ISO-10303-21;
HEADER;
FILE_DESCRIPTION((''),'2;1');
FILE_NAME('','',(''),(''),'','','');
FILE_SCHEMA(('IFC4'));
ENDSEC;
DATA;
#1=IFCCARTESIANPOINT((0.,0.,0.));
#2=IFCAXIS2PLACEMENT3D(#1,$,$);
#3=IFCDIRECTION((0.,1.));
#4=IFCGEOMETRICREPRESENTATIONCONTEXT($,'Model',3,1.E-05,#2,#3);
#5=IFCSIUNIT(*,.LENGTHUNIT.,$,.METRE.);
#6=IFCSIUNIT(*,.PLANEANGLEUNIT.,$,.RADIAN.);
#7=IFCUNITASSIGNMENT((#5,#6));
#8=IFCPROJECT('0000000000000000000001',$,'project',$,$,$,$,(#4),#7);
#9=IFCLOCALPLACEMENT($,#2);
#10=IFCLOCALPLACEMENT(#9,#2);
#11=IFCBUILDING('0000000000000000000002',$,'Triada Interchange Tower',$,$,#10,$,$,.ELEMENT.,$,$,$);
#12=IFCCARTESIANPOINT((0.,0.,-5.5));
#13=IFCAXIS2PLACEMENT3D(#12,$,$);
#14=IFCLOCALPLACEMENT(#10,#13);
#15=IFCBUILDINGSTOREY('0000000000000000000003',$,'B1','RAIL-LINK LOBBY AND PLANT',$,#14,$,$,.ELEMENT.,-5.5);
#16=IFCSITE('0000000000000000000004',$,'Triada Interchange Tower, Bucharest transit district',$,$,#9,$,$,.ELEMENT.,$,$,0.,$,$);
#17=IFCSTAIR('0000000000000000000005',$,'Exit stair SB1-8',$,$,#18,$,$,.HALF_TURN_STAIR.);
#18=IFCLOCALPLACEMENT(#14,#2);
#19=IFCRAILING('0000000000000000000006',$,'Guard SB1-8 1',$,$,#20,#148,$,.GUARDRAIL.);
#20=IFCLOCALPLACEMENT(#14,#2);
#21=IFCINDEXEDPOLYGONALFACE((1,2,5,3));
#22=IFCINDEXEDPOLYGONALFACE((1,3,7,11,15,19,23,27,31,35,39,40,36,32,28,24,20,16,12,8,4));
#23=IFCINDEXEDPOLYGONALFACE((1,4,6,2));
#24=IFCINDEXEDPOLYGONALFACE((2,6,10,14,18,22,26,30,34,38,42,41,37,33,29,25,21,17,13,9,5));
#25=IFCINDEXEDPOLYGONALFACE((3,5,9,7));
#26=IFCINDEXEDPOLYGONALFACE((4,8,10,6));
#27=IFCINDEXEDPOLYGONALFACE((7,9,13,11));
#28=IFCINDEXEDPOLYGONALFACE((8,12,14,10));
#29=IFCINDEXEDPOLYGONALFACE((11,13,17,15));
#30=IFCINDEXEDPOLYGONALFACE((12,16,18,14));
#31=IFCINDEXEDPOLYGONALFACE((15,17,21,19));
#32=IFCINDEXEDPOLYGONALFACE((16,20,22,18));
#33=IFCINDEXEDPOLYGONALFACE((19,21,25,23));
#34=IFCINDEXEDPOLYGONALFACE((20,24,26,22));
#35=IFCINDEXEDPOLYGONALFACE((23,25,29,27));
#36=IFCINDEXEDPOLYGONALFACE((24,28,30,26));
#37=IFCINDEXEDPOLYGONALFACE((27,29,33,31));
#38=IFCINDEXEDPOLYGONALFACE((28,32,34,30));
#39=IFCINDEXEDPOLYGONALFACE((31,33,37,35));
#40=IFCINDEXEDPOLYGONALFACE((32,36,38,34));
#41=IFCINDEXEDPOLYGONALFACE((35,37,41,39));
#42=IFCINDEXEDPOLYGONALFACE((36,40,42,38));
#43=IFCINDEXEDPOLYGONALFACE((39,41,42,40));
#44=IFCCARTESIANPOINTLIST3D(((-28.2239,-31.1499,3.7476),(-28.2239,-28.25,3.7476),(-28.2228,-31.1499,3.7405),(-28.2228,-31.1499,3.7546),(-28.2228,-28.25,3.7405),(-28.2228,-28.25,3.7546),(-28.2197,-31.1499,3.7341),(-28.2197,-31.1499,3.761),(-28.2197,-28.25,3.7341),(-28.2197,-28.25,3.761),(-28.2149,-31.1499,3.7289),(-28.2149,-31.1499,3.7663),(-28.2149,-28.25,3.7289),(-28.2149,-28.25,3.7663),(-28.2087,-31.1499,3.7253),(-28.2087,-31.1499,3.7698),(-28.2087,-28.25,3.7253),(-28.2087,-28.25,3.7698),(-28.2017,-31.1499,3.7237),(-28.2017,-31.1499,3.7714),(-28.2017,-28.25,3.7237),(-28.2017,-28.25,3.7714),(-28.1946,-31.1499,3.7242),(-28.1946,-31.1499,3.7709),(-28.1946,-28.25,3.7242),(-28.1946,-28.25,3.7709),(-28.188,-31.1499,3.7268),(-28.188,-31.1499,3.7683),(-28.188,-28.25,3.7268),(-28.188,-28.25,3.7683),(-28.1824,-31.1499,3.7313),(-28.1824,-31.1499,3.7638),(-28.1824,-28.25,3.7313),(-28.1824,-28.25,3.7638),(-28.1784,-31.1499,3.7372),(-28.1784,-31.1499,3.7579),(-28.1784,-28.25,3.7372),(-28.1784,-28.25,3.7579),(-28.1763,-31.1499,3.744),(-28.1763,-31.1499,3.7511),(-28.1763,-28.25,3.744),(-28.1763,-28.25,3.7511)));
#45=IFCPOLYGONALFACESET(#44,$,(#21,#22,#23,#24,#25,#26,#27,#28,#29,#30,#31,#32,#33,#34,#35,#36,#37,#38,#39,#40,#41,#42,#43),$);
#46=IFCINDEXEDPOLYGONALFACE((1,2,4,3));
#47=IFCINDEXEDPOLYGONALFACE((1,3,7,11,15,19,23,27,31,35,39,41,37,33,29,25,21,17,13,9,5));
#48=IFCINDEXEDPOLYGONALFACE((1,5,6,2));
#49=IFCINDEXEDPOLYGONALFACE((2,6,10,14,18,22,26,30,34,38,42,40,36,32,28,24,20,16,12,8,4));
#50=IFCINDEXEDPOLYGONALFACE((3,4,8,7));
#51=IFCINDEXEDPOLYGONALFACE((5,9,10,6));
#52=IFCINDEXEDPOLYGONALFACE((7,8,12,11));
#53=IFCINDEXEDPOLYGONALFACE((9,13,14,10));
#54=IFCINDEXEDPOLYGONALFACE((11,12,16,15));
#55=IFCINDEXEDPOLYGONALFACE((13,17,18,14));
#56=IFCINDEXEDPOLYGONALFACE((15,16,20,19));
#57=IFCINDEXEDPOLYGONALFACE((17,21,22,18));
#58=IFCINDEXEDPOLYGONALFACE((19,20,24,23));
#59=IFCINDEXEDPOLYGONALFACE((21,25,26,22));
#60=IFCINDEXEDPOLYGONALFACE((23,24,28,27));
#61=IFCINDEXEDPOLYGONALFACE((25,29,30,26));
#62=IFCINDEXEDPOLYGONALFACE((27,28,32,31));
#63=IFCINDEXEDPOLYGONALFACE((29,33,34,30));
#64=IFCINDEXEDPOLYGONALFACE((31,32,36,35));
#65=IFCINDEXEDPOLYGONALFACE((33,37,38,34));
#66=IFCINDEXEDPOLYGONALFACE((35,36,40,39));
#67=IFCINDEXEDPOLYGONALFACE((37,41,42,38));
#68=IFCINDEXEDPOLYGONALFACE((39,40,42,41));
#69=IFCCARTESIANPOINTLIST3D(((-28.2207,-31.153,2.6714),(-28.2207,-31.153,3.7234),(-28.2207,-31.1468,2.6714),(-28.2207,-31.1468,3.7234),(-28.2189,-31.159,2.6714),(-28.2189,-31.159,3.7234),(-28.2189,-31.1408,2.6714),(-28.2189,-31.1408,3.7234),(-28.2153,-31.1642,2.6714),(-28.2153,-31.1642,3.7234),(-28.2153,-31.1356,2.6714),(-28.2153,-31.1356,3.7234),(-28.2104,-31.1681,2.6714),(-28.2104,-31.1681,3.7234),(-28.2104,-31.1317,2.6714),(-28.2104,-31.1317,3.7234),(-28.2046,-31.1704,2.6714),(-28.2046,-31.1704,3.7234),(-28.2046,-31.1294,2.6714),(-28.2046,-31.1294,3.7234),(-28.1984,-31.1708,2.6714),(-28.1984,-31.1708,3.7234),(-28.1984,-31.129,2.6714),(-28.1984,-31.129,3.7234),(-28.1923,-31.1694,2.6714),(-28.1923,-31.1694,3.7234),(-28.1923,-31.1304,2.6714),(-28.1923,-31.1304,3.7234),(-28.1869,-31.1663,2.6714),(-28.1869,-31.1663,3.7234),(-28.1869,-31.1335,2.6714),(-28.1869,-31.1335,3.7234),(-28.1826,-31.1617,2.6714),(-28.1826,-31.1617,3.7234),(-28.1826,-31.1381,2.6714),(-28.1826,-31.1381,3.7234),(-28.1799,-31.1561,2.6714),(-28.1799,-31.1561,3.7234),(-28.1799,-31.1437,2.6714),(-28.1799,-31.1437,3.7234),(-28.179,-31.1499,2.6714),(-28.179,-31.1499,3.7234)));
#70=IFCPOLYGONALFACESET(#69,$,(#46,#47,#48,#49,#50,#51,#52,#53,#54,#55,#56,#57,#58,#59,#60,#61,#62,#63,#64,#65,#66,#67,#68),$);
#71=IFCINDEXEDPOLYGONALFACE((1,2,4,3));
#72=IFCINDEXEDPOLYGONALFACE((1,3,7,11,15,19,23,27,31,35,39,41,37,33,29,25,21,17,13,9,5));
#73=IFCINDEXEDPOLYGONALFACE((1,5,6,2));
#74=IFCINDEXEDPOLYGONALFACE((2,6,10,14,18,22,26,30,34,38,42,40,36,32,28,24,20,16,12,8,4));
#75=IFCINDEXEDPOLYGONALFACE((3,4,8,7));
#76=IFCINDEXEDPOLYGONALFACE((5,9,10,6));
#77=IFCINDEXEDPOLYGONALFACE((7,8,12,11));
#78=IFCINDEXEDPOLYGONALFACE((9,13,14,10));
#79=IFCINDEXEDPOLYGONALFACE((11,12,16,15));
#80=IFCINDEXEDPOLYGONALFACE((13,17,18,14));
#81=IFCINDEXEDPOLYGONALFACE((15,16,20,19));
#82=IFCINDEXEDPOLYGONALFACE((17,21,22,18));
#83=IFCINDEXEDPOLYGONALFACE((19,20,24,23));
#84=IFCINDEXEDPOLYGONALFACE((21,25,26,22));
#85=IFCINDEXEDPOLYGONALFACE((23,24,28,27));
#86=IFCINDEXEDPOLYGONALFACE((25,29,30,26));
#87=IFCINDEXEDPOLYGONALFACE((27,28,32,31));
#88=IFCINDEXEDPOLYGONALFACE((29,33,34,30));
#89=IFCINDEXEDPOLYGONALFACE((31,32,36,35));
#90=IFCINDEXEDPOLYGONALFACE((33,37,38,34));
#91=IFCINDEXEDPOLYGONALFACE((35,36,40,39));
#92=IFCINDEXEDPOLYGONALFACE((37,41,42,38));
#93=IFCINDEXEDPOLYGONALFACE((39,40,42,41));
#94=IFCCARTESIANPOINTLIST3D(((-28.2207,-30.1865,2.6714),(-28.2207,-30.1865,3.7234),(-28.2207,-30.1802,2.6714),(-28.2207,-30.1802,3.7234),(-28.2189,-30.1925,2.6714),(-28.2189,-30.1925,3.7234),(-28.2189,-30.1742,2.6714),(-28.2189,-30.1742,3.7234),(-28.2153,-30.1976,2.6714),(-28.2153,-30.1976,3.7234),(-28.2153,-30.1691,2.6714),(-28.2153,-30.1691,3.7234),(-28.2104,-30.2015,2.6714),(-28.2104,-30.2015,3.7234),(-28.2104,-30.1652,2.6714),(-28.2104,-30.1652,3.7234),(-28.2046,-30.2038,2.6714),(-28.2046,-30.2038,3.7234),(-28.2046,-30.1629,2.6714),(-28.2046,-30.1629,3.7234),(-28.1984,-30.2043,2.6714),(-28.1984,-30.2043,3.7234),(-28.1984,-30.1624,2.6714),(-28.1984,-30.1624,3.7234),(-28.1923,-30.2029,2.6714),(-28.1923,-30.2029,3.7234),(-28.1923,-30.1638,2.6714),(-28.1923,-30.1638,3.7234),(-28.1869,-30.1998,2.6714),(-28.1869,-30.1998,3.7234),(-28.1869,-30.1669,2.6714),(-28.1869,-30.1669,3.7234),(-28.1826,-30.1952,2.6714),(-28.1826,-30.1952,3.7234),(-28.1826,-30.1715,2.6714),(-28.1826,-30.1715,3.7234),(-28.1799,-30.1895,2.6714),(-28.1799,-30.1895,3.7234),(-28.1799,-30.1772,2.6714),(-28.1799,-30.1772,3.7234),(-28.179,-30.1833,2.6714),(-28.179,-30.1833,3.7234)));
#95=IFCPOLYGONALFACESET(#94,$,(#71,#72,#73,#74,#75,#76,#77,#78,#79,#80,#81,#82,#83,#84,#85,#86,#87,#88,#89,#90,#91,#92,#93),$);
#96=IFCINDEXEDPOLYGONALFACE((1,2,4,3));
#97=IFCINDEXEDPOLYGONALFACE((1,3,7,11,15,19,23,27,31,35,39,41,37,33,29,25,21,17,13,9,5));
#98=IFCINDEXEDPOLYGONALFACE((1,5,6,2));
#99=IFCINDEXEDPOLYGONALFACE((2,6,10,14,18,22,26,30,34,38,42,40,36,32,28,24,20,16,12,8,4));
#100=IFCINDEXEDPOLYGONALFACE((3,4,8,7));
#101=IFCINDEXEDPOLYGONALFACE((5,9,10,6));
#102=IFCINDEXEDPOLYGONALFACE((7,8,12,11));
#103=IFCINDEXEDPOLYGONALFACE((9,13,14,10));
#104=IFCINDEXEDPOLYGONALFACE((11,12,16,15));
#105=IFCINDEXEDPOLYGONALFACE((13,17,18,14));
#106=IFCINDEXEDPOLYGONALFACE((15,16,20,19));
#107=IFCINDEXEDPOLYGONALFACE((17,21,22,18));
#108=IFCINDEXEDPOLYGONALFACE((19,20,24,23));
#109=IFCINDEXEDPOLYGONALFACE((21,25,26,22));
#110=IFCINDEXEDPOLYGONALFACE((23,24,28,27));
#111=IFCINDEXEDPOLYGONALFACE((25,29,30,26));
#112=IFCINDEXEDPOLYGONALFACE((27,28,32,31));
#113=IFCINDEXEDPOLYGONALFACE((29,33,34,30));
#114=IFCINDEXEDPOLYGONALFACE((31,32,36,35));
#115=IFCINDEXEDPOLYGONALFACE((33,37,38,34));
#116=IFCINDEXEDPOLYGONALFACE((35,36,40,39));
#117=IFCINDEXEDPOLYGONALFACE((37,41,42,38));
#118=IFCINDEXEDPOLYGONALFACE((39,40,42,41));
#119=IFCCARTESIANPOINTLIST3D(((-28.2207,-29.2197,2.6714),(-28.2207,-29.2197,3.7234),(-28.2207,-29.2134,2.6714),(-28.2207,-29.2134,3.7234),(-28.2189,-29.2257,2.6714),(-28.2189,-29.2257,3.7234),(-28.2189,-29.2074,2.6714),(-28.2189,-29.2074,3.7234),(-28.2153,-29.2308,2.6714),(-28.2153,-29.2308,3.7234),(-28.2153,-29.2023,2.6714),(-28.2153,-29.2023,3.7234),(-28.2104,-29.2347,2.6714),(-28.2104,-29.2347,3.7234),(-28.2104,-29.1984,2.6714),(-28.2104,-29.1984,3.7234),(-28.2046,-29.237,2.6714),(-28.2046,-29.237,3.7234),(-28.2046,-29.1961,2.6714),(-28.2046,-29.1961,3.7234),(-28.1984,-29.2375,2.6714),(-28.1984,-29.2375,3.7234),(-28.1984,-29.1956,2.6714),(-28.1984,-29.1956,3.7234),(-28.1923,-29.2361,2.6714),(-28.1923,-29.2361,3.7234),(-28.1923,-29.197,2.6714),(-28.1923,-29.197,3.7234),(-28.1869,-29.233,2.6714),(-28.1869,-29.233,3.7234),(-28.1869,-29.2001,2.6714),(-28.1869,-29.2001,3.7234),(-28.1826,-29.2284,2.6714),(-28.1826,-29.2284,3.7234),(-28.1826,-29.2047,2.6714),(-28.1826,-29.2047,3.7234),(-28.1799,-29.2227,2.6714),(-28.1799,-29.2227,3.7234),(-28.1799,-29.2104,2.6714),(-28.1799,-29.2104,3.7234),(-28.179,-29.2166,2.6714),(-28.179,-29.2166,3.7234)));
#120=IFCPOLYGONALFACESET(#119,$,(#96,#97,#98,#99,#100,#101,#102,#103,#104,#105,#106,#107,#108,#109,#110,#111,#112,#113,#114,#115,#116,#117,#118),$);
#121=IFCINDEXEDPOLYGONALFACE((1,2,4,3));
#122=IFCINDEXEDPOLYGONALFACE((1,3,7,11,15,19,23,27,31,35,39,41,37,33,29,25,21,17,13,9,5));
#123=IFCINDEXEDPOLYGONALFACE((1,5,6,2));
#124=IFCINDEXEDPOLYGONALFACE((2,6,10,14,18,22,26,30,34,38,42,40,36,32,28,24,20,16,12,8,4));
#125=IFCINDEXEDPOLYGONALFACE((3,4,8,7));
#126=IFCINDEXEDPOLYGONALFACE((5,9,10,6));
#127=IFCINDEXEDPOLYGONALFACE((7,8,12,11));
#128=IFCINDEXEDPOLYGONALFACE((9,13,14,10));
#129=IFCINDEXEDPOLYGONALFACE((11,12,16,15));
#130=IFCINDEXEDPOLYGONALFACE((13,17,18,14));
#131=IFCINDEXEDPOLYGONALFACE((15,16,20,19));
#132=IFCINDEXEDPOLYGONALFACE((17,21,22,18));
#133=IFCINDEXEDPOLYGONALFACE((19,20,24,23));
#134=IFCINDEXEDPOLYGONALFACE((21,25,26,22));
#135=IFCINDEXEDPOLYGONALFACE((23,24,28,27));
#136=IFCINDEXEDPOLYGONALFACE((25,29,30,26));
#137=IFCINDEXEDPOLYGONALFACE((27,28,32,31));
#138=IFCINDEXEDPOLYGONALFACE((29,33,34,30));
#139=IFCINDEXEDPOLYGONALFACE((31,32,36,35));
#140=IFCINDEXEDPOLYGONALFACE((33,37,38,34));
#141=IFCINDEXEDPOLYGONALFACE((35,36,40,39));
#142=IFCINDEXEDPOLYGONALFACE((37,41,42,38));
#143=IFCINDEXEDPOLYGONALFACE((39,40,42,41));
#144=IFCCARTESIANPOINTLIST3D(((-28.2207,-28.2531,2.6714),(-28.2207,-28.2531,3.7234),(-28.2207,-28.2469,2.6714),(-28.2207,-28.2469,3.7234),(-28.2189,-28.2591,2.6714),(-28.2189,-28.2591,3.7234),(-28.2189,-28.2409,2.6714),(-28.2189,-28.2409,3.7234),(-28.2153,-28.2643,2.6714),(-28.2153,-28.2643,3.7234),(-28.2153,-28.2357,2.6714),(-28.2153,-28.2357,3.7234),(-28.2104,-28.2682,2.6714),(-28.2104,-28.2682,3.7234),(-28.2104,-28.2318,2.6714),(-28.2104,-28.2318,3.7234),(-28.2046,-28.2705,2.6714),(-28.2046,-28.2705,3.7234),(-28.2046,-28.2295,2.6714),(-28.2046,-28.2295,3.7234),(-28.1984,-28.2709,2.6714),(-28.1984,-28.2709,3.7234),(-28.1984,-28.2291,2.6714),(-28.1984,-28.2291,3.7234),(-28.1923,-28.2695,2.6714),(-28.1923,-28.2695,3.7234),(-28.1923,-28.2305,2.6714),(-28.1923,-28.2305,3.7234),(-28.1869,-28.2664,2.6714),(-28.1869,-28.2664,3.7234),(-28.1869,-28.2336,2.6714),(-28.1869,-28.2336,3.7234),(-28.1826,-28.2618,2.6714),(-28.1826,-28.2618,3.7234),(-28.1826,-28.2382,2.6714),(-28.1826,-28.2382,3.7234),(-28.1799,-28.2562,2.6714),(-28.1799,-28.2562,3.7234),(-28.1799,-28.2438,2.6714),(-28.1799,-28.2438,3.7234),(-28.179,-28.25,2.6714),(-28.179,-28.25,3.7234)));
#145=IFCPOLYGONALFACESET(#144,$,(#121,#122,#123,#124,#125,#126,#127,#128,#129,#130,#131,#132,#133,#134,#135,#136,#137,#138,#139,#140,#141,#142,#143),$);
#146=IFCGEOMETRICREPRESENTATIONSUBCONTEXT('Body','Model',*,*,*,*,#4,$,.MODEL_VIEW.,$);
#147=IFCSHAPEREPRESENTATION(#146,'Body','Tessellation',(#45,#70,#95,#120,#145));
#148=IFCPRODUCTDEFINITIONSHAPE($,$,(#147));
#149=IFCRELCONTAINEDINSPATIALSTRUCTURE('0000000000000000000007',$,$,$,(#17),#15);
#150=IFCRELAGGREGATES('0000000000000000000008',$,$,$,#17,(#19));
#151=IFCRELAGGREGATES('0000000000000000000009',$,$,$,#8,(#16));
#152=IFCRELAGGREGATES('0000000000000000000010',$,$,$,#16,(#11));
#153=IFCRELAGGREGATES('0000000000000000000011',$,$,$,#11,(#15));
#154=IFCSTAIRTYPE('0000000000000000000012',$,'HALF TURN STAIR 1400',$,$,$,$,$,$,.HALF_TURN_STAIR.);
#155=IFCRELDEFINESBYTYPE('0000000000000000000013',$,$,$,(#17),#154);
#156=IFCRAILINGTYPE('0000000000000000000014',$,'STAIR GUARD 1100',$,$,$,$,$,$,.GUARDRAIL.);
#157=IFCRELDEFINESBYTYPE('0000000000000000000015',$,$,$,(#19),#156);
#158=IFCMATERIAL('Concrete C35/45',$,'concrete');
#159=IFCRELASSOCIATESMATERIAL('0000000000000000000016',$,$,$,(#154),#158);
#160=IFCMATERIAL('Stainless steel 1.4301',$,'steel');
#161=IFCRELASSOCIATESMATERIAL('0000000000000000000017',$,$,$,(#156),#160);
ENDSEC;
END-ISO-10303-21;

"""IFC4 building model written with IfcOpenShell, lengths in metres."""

from ifc_helpers import new_model, si_unit, direction, frame, origin, origin_2d, place, context, subcontext, project, spatial, circle, extrude, material, type_object, element, aggregate, save


model = new_model("IFC4")

# Units and contexts
model_context = context("Model", 3, precision=1e-05, world=origin(), true_north=direction((0.0, 1.0)))
body_context = subcontext(model_context, "Body", "Model", "MODEL_VIEW")
ifc_project = project(units=[si_unit("LENGTHUNIT", "METRE"), si_unit("PLANEANGLEUNIT", "RADIAN")], contexts=[model_context])

# Site, building, storey
site_placement = place(None, origin())
site = spatial("IfcSite", under=ifc_project, at=site_placement, Name="Triada Interchange Tower, Bucharest transit district", CompositionType="ELEMENT", RefElevation=0.0)
building_placement = place(site_placement, origin())
building = spatial("IfcBuilding", under=site, at=building_placement, Name="Triada Interchange Tower", CompositionType="ELEMENT")
storey_placement = place(building_placement, frame((0.0, 0.0, -5.5)))
storey = spatial("IfcBuildingStorey", under=building, at=storey_placement, Name="B1", Description="RAIL-LINK LOBBY AND PLANT", CompositionType="ELEMENT", Elevation=-5.5)

# Shared definitions
ifc_material_1 = material(Name="Concrete C35/45", Category="concrete")

# Stair, railing
stair_type = type_object("IfcStairType", Name="HALF TURN STAIR 1400", PredefinedType="HALF_TURN_STAIR", material=ifc_material_1)
stair_placement = place(storey_placement, origin())
stair = element("IfcStair", 1, at=stair_placement, inside=storey, type_object=stair_type, Name="Exit stair SB1-8", PredefinedType="HALF_TURN_STAIR")
ifc_material_2 = material(Name="Stainless steel 1.4301", Category="steel")
railing_type_1 = type_object("IfcRailingType", Name="STAIR GUARD 1100", PredefinedType="GUARDRAIL", material=ifc_material_2)
railing_1_placement = place(storey_placement, frame((-28.2, -31.1499, 2.6714)))
railing_1 = element("IfcRailing", 2, at=railing_1_placement, type_object=railing_type_1, Name="Guard SB1-8 1", PredefinedType="GUARDRAIL", context=body_context, shape_type="SweptSolid", body=[
    extrude(circle(Radius=0.0239, at=origin_2d()), frame((0.0, 0.0, 1.0762), z_axis=(0.0, 1.0, 0.0), x_axis=(-1.0, 0.0, 0.0)), (0.0, 0.0, 1.0), 2.8999),
    extrude(circle(Radius=0.021, at=origin_2d()), origin(), (0.0, 0.0, 1.0), 1.052),
    extrude(circle(Radius=0.021, at=origin_2d()), frame((0.0, 0.9666, 0.0)), (0.0, 0.0, 1.0), 1.052),
    extrude(circle(Radius=0.021, at=origin_2d()), frame((0.0, 1.9333, 0.0)), (0.0, 0.0, 1.0), 1.052),
    extrude(circle(Radius=0.021, at=origin_2d()), frame((0.0, 2.8999, 0.0)), (0.0, 0.0, 1.0), 1.052),
])
aggregate(stair, [railing_1])

save(model, "model.ifc")
